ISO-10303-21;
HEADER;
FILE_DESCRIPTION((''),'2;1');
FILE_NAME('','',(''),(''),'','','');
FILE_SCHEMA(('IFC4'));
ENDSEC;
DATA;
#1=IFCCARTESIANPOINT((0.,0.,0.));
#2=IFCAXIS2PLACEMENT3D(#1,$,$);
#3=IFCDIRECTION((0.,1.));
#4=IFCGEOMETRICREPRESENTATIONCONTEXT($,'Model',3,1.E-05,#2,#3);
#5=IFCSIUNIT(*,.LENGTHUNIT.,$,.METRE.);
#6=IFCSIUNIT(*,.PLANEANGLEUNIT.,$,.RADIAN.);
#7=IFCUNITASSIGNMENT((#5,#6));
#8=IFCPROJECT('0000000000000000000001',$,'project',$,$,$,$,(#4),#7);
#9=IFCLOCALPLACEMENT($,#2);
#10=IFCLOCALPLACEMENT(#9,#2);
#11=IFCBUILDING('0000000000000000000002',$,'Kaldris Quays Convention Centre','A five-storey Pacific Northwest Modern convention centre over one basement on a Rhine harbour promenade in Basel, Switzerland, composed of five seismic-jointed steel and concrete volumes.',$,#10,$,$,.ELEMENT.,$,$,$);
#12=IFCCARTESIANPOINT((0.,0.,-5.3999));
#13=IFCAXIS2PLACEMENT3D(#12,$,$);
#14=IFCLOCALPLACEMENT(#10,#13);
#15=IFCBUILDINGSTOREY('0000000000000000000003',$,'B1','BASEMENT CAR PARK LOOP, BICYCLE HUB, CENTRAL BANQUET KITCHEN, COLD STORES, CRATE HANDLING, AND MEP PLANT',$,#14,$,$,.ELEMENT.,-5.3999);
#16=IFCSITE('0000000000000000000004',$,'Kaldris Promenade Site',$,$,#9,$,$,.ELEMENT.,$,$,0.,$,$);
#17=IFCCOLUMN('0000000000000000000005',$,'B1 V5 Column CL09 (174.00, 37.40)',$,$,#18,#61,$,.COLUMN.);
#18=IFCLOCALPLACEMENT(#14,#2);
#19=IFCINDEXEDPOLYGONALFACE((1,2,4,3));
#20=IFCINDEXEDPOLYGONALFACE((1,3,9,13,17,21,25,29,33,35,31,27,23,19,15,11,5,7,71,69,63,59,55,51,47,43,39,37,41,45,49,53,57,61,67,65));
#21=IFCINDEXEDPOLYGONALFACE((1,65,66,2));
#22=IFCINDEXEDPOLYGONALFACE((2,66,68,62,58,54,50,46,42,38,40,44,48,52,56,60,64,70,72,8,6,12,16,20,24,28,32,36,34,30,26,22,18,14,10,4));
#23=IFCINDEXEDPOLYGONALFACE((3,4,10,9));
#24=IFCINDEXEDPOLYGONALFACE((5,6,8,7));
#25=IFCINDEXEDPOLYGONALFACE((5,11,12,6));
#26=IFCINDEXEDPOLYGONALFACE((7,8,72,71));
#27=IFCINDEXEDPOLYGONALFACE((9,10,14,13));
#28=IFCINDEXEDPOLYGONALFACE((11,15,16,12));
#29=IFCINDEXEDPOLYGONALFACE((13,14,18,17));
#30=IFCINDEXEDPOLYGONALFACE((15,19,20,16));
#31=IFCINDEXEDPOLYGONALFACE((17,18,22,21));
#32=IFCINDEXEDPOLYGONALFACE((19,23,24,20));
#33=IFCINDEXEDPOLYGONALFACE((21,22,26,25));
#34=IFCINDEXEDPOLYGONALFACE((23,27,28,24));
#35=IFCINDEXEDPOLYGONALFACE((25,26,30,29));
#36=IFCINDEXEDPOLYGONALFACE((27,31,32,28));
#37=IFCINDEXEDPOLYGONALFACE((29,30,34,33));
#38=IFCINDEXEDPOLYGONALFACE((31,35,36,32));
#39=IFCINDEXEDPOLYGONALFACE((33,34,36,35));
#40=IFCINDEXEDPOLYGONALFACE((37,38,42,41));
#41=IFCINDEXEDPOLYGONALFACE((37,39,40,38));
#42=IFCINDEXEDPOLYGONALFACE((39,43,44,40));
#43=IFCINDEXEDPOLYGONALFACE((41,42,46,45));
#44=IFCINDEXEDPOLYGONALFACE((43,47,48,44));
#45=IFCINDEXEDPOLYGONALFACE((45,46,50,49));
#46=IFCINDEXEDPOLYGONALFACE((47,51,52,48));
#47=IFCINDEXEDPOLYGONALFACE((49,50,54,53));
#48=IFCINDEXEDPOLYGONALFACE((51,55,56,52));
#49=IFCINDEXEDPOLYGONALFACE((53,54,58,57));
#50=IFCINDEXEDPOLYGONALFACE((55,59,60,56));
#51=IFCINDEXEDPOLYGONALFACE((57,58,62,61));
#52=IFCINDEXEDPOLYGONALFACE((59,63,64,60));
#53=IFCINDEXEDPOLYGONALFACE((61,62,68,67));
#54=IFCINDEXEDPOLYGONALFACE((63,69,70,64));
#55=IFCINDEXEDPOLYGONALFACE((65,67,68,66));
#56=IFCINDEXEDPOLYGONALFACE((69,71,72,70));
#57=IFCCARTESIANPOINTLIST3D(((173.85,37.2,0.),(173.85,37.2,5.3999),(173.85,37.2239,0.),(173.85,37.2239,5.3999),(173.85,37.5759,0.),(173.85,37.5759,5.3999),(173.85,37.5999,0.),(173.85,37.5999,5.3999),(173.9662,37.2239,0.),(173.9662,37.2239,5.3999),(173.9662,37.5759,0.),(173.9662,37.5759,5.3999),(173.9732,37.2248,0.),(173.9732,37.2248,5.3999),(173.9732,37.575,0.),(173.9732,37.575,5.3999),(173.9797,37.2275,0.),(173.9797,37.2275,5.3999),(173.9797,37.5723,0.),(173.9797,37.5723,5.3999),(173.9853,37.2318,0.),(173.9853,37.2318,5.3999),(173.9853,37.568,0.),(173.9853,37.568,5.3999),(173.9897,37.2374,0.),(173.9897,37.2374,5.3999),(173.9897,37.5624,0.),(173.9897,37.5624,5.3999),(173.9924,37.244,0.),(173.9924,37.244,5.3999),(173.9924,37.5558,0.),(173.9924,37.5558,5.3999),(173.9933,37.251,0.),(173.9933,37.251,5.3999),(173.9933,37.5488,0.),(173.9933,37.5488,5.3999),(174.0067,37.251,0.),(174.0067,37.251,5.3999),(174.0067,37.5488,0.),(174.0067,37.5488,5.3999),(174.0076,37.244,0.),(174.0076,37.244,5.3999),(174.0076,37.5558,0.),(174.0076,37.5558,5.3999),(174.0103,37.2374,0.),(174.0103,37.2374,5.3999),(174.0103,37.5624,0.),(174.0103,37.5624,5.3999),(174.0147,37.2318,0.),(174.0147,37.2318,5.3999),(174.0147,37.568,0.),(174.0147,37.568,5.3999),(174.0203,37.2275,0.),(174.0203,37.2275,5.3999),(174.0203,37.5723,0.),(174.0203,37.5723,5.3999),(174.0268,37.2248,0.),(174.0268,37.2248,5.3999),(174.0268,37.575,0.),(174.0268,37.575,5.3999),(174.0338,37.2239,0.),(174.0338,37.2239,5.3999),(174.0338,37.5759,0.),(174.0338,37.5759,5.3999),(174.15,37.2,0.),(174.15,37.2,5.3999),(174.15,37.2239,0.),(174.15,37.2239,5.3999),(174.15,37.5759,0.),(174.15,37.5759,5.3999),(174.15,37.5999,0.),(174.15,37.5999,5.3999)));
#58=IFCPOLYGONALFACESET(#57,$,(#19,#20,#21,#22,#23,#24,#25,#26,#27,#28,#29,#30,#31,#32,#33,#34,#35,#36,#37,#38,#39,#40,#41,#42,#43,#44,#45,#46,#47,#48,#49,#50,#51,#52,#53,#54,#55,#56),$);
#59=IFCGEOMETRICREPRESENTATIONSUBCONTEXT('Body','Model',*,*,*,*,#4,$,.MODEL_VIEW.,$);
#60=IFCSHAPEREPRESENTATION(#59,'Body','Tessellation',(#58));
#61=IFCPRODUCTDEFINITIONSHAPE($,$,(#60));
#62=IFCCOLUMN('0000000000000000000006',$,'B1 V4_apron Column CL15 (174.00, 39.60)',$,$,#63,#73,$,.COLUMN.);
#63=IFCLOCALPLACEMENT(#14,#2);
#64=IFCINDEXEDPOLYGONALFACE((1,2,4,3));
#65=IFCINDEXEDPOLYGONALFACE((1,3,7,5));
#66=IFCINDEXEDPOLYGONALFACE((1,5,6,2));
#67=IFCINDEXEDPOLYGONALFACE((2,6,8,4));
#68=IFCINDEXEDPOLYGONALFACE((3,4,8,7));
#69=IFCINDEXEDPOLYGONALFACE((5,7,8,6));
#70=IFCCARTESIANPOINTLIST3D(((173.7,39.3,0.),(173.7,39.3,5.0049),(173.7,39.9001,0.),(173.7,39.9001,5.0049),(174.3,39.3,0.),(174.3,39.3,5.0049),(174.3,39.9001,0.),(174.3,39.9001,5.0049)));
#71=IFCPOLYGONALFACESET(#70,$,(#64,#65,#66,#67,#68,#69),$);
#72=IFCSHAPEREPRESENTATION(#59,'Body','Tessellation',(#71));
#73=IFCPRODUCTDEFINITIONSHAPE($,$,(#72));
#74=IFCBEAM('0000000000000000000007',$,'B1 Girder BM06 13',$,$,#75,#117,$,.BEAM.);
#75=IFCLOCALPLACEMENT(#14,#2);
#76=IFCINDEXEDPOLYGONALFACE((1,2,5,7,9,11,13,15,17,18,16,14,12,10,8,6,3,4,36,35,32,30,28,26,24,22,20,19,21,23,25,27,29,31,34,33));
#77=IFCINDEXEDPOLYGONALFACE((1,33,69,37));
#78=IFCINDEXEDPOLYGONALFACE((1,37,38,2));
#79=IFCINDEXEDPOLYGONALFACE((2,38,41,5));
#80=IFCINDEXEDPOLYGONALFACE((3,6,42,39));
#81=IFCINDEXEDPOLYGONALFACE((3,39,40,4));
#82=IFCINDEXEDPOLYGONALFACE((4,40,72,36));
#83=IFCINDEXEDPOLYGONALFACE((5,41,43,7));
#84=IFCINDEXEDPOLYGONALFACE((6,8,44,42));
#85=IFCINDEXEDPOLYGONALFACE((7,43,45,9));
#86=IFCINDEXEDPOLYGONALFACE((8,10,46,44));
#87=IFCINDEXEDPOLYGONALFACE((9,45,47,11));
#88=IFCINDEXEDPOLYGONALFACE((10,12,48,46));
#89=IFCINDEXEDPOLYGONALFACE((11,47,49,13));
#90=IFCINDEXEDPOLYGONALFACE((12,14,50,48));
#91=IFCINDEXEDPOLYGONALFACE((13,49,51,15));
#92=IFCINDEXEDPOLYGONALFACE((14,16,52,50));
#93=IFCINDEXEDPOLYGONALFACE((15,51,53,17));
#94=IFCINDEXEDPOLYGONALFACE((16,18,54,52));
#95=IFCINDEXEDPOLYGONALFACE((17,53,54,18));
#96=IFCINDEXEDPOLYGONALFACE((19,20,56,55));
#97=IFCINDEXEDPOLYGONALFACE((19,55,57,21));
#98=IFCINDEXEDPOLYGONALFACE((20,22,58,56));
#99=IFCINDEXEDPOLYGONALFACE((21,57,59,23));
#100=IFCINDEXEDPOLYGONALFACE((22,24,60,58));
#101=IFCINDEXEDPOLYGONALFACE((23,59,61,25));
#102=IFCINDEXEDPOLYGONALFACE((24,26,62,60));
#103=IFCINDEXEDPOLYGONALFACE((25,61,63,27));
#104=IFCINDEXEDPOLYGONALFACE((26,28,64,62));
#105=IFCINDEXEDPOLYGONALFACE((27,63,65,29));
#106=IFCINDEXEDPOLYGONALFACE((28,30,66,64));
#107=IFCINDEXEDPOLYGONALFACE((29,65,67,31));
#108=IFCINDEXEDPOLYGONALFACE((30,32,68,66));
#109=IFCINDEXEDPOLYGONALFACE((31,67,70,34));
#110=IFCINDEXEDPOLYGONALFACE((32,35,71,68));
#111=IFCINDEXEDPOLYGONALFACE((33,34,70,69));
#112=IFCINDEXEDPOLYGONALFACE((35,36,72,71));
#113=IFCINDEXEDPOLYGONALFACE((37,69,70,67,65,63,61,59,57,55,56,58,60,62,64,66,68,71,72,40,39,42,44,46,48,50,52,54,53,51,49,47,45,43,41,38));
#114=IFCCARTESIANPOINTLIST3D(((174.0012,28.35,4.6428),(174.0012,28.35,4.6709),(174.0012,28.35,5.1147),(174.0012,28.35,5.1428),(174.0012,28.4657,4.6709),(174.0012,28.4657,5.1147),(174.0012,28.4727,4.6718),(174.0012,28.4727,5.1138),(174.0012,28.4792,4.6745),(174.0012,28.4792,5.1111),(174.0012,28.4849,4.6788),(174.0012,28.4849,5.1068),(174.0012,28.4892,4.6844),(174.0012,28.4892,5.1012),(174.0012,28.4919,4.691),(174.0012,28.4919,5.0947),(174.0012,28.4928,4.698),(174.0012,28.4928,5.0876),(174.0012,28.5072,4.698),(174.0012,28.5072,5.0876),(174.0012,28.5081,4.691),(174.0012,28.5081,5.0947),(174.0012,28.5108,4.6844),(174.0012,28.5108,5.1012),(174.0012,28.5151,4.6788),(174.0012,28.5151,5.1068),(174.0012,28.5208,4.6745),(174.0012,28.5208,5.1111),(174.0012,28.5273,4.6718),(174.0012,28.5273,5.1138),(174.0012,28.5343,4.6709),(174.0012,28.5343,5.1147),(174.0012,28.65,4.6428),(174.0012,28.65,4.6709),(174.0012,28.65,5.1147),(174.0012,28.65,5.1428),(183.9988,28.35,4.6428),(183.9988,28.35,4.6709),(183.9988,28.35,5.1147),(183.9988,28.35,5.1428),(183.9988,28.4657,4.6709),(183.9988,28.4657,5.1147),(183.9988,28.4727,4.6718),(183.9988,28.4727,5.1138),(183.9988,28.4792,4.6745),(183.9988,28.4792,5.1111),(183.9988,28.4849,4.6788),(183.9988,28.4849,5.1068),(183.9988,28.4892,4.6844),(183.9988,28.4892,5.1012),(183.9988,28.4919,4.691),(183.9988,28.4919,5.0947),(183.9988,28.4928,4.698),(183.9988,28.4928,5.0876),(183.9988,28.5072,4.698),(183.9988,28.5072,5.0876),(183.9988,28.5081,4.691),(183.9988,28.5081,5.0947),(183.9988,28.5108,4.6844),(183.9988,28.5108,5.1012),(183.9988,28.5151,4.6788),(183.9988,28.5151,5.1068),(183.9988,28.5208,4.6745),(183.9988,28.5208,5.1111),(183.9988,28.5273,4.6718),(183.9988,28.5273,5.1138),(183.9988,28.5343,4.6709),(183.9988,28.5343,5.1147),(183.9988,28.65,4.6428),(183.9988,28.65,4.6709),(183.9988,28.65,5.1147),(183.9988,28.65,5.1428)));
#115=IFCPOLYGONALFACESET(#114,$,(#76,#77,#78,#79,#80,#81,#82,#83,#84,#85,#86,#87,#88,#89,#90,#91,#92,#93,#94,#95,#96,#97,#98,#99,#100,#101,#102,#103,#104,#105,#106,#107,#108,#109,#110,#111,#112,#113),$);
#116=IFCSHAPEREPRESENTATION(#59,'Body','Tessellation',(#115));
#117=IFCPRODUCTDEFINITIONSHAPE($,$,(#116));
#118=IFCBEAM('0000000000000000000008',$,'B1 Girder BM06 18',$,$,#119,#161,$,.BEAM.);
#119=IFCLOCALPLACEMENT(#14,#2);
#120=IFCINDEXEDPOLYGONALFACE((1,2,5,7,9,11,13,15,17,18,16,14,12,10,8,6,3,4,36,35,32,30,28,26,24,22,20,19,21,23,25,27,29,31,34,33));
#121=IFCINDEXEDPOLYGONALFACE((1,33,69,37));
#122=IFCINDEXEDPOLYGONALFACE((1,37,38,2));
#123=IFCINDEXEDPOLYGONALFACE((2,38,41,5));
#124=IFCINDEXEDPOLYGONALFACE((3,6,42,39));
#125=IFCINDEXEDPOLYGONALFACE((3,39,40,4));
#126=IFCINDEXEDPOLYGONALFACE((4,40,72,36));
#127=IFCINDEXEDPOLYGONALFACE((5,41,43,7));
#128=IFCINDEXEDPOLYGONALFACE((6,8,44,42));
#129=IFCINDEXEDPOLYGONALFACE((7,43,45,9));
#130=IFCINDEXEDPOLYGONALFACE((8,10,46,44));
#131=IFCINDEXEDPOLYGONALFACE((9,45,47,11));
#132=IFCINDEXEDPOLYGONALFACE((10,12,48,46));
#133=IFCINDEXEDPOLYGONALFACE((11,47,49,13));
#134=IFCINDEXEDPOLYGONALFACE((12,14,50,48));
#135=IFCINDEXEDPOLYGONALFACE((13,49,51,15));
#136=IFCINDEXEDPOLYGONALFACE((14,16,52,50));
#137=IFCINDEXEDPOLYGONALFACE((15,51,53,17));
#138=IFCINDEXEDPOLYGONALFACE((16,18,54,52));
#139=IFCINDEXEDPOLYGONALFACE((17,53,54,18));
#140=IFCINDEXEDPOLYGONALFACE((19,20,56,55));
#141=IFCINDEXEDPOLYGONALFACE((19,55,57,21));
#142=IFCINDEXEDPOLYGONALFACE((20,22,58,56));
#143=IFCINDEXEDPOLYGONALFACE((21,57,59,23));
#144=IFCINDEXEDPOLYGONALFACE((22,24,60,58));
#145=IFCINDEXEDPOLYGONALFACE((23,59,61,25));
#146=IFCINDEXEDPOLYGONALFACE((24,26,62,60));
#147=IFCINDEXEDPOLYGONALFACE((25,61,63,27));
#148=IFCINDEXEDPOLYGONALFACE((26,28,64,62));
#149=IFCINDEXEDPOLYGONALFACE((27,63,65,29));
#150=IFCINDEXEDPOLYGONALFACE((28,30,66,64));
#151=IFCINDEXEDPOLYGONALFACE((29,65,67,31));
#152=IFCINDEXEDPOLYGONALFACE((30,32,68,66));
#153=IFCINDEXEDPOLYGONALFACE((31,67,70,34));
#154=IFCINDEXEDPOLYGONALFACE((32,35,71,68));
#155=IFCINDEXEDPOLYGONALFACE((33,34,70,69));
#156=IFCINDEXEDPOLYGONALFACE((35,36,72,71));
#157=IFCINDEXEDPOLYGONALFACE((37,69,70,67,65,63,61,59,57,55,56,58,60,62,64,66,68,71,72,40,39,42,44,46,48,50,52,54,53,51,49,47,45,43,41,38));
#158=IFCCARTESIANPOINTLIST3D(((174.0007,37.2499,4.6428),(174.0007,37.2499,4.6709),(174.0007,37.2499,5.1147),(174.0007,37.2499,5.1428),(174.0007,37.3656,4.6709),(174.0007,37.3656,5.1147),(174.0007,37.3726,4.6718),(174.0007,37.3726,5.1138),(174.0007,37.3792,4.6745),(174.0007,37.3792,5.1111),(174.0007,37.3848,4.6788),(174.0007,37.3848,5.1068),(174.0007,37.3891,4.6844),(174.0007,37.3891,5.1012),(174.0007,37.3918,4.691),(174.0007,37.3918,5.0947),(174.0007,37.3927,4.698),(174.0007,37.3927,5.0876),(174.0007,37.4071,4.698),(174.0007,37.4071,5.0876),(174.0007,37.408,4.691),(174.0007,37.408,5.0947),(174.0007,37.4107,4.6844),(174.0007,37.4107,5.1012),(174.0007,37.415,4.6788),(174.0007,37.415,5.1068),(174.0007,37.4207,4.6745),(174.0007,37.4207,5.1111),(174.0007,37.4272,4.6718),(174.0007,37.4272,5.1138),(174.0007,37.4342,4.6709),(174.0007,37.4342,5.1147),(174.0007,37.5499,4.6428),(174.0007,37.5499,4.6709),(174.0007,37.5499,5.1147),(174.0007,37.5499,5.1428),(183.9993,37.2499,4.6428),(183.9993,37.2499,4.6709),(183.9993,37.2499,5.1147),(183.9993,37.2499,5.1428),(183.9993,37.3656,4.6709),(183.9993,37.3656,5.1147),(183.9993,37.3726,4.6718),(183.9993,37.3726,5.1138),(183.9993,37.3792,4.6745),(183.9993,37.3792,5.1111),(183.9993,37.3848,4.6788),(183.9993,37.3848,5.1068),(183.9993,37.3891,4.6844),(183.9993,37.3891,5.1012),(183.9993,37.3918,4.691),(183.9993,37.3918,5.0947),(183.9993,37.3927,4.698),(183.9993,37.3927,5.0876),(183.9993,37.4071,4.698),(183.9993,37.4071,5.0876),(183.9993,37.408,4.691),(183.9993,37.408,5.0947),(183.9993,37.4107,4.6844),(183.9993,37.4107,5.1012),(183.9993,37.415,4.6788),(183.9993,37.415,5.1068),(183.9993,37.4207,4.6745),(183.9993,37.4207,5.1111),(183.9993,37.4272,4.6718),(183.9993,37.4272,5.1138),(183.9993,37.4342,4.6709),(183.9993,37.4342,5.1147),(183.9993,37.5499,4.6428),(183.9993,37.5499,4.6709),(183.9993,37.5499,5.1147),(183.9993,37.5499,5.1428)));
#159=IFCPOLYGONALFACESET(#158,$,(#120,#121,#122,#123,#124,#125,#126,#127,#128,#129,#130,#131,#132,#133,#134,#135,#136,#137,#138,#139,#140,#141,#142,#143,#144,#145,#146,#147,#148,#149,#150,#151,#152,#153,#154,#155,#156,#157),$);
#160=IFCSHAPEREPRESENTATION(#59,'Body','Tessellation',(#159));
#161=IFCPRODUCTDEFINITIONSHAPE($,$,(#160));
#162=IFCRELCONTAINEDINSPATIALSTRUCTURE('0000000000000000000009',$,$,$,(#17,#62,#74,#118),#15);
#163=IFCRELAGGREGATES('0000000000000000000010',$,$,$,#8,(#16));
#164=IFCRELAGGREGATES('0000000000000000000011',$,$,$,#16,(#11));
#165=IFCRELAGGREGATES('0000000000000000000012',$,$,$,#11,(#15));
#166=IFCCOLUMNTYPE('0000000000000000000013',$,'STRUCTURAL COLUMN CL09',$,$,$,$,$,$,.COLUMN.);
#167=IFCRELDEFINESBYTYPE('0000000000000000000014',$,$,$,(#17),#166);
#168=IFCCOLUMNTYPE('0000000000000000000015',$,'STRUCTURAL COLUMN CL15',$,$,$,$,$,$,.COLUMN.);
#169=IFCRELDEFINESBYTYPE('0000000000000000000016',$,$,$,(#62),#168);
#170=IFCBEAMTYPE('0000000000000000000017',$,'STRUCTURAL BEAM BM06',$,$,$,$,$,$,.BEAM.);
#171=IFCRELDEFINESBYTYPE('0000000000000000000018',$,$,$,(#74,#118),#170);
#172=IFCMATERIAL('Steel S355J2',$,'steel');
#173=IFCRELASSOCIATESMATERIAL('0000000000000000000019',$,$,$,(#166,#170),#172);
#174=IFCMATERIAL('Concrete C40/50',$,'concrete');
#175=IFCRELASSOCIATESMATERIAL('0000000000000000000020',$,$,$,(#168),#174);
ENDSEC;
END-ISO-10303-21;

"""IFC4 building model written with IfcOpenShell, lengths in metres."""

from ifc_helpers import new_model, si_unit, direction, frame, origin, origin_2d, place, context, subcontext, project, spatial, rectangle, i_section, extrude, material, material_profile, profile_set, type_object, element, save


model = new_model("IFC4")

# Units and contexts
model_context = context("Model", 3, precision=1e-05, world=origin(), true_north=direction((0.0, 1.0)))
body_context = subcontext(model_context, "Body", "Model", "MODEL_VIEW")
ifc_project = project(units=[si_unit("LENGTHUNIT", "METRE"), si_unit("PLANEANGLEUNIT", "RADIAN")], contexts=[model_context])

# Site, building, storey
site_placement = place(None, origin())
site = spatial("IfcSite", under=ifc_project, at=site_placement, Name="Kaldris Promenade Site", CompositionType="ELEMENT", RefElevation=0.0)
building_placement = place(site_placement, origin())
building = spatial("IfcBuilding", under=site, at=building_placement, Name="Kaldris Quays Convention Centre", Description="A five-storey Pacific Northwest Modern convention centre over one basement on a Rhine harbour promenade in Basel, Switzerland, composed of five seismic-jointed steel and concrete volumes.", CompositionType="ELEMENT")
storey_placement = place(building_placement, frame((0.0, 0.0, -5.3999)))
storey = spatial("IfcBuildingStorey", under=building, at=storey_placement, Name="B1", Description="BASEMENT CAR PARK LOOP, BICYCLE HUB, CENTRAL BANQUET KITCHEN, COLD STORES, CRATE HANDLING, AND MEP PLANT", CompositionType="ELEMENT", Elevation=-5.3999)

# Columns
ifc_material_1 = material(Name="Steel S355J2", Category="steel")
ifc_material_profile_1 = material_profile(ifc_material_1, i_section(OverallWidth=0.3, OverallDepth=0.3999, WebThickness=0.0134, FlangeThickness=0.0239, FilletRadius=0.0271, at=origin_2d()), Name="HEB 400")
ifc_profile_set_1 = profile_set([ifc_material_profile_1], Name="Steel S355J2")
column_type_1 = type_object("IfcColumnType", Name="STRUCTURAL COLUMN CL09", PredefinedType="COLUMN", material=ifc_profile_set_1)
column_1_placement = place(storey_placement, frame((174.0, 37.3999, 0.0), z_axis=(0.0, 0.0, 1.0), x_axis=(1.0, 0.0, 0.0)))
element("IfcColumn", 1, at=column_1_placement, inside=storey, type_object=column_type_1, Name="B1 V5 Column CL09 (174.00, 37.40)", PredefinedType="COLUMN", context=body_context, shape_type="SweptSolid", body=[
    extrude(i_section(OverallWidth=0.3, OverallDepth=0.3999, WebThickness=0.0134, FlangeThickness=0.0239, FilletRadius=0.0271, at=origin_2d()), origin(), (0.0, 0.0, 1.0), 5.3999),
])
ifc_material_2 = material(Name="Concrete C40/50", Category="concrete")
ifc_material_profile_2 = material_profile(ifc_material_2, rectangle(XDim=0.6001, YDim=0.6001, at=origin_2d()), Name="RC 600x600")
ifc_profile_set_2 = profile_set([ifc_material_profile_2], Name="Concrete C40/50")
column_type_2 = type_object("IfcColumnType", Name="STRUCTURAL COLUMN CL15", PredefinedType="COLUMN", material=ifc_profile_set_2)
column_2_placement = place(storey_placement, frame((174.0, 39.6001, 0.0), z_axis=(0.0, 0.0, 1.0), x_axis=(1.0, 0.0, 0.0)))
element("IfcColumn", 2, at=column_2_placement, inside=storey, type_object=column_type_2, Name="B1 V4_apron Column CL15 (174.00, 39.60)", PredefinedType="COLUMN", context=body_context, shape_type="SweptSolid", body=[
    extrude(rectangle(XDim=0.6001, YDim=0.6001, at=origin_2d()), origin(), (0.0, 0.0, 1.0), 5.0049),
])

# Beams
ifc_material_profile_3 = material_profile(ifc_material_1, i_section(OverallWidth=0.3, OverallDepth=0.5, WebThickness=0.0144, FlangeThickness=0.0281, FilletRadius=0.0271, at=origin_2d()), Name="HEB 500")
ifc_profile_set_3 = profile_set([ifc_material_profile_3], Name="Steel S355J2")
beam_type_1 = type_object("IfcBeamType", Name="STRUCTURAL BEAM BM06", PredefinedType="BEAM", material=ifc_profile_set_3)
beam_1_placement = place(storey_placement, frame((174.0012, 28.5, 4.8928), z_axis=(1.0, 0.0, 0.0), x_axis=(0.0, 1.0, 0.0)))
element("IfcBeam", 3, at=beam_1_placement, inside=storey, type_object=beam_type_1, Name="B1 Girder BM06 13", PredefinedType="BEAM", context=body_context, shape_type="SweptSolid", body=[
    extrude(i_section(OverallWidth=0.3, OverallDepth=0.5, WebThickness=0.0144, FlangeThickness=0.0281, FilletRadius=0.0271, at=origin_2d()), origin(), (0.0, 0.0, 1.0), 9.9976),
])
beam_2_placement = place(storey_placement, frame((174.0007, 37.3999, 4.8928), z_axis=(1.0, 0.0, 0.0), x_axis=(0.0, 1.0, 0.0)))
element("IfcBeam", 4, at=beam_2_placement, inside=storey, type_object=beam_type_1, Name="B1 Girder BM06 18", PredefinedType="BEAM", context=body_context, shape_type="SweptSolid", body=[
    extrude(i_section(OverallWidth=0.3, OverallDepth=0.5, WebThickness=0.0144, FlangeThickness=0.0281, FilletRadius=0.0271, at=origin_2d()), origin(), (0.0, 0.0, 1.0), 9.9985),
])

save(model, "model.ifc")
